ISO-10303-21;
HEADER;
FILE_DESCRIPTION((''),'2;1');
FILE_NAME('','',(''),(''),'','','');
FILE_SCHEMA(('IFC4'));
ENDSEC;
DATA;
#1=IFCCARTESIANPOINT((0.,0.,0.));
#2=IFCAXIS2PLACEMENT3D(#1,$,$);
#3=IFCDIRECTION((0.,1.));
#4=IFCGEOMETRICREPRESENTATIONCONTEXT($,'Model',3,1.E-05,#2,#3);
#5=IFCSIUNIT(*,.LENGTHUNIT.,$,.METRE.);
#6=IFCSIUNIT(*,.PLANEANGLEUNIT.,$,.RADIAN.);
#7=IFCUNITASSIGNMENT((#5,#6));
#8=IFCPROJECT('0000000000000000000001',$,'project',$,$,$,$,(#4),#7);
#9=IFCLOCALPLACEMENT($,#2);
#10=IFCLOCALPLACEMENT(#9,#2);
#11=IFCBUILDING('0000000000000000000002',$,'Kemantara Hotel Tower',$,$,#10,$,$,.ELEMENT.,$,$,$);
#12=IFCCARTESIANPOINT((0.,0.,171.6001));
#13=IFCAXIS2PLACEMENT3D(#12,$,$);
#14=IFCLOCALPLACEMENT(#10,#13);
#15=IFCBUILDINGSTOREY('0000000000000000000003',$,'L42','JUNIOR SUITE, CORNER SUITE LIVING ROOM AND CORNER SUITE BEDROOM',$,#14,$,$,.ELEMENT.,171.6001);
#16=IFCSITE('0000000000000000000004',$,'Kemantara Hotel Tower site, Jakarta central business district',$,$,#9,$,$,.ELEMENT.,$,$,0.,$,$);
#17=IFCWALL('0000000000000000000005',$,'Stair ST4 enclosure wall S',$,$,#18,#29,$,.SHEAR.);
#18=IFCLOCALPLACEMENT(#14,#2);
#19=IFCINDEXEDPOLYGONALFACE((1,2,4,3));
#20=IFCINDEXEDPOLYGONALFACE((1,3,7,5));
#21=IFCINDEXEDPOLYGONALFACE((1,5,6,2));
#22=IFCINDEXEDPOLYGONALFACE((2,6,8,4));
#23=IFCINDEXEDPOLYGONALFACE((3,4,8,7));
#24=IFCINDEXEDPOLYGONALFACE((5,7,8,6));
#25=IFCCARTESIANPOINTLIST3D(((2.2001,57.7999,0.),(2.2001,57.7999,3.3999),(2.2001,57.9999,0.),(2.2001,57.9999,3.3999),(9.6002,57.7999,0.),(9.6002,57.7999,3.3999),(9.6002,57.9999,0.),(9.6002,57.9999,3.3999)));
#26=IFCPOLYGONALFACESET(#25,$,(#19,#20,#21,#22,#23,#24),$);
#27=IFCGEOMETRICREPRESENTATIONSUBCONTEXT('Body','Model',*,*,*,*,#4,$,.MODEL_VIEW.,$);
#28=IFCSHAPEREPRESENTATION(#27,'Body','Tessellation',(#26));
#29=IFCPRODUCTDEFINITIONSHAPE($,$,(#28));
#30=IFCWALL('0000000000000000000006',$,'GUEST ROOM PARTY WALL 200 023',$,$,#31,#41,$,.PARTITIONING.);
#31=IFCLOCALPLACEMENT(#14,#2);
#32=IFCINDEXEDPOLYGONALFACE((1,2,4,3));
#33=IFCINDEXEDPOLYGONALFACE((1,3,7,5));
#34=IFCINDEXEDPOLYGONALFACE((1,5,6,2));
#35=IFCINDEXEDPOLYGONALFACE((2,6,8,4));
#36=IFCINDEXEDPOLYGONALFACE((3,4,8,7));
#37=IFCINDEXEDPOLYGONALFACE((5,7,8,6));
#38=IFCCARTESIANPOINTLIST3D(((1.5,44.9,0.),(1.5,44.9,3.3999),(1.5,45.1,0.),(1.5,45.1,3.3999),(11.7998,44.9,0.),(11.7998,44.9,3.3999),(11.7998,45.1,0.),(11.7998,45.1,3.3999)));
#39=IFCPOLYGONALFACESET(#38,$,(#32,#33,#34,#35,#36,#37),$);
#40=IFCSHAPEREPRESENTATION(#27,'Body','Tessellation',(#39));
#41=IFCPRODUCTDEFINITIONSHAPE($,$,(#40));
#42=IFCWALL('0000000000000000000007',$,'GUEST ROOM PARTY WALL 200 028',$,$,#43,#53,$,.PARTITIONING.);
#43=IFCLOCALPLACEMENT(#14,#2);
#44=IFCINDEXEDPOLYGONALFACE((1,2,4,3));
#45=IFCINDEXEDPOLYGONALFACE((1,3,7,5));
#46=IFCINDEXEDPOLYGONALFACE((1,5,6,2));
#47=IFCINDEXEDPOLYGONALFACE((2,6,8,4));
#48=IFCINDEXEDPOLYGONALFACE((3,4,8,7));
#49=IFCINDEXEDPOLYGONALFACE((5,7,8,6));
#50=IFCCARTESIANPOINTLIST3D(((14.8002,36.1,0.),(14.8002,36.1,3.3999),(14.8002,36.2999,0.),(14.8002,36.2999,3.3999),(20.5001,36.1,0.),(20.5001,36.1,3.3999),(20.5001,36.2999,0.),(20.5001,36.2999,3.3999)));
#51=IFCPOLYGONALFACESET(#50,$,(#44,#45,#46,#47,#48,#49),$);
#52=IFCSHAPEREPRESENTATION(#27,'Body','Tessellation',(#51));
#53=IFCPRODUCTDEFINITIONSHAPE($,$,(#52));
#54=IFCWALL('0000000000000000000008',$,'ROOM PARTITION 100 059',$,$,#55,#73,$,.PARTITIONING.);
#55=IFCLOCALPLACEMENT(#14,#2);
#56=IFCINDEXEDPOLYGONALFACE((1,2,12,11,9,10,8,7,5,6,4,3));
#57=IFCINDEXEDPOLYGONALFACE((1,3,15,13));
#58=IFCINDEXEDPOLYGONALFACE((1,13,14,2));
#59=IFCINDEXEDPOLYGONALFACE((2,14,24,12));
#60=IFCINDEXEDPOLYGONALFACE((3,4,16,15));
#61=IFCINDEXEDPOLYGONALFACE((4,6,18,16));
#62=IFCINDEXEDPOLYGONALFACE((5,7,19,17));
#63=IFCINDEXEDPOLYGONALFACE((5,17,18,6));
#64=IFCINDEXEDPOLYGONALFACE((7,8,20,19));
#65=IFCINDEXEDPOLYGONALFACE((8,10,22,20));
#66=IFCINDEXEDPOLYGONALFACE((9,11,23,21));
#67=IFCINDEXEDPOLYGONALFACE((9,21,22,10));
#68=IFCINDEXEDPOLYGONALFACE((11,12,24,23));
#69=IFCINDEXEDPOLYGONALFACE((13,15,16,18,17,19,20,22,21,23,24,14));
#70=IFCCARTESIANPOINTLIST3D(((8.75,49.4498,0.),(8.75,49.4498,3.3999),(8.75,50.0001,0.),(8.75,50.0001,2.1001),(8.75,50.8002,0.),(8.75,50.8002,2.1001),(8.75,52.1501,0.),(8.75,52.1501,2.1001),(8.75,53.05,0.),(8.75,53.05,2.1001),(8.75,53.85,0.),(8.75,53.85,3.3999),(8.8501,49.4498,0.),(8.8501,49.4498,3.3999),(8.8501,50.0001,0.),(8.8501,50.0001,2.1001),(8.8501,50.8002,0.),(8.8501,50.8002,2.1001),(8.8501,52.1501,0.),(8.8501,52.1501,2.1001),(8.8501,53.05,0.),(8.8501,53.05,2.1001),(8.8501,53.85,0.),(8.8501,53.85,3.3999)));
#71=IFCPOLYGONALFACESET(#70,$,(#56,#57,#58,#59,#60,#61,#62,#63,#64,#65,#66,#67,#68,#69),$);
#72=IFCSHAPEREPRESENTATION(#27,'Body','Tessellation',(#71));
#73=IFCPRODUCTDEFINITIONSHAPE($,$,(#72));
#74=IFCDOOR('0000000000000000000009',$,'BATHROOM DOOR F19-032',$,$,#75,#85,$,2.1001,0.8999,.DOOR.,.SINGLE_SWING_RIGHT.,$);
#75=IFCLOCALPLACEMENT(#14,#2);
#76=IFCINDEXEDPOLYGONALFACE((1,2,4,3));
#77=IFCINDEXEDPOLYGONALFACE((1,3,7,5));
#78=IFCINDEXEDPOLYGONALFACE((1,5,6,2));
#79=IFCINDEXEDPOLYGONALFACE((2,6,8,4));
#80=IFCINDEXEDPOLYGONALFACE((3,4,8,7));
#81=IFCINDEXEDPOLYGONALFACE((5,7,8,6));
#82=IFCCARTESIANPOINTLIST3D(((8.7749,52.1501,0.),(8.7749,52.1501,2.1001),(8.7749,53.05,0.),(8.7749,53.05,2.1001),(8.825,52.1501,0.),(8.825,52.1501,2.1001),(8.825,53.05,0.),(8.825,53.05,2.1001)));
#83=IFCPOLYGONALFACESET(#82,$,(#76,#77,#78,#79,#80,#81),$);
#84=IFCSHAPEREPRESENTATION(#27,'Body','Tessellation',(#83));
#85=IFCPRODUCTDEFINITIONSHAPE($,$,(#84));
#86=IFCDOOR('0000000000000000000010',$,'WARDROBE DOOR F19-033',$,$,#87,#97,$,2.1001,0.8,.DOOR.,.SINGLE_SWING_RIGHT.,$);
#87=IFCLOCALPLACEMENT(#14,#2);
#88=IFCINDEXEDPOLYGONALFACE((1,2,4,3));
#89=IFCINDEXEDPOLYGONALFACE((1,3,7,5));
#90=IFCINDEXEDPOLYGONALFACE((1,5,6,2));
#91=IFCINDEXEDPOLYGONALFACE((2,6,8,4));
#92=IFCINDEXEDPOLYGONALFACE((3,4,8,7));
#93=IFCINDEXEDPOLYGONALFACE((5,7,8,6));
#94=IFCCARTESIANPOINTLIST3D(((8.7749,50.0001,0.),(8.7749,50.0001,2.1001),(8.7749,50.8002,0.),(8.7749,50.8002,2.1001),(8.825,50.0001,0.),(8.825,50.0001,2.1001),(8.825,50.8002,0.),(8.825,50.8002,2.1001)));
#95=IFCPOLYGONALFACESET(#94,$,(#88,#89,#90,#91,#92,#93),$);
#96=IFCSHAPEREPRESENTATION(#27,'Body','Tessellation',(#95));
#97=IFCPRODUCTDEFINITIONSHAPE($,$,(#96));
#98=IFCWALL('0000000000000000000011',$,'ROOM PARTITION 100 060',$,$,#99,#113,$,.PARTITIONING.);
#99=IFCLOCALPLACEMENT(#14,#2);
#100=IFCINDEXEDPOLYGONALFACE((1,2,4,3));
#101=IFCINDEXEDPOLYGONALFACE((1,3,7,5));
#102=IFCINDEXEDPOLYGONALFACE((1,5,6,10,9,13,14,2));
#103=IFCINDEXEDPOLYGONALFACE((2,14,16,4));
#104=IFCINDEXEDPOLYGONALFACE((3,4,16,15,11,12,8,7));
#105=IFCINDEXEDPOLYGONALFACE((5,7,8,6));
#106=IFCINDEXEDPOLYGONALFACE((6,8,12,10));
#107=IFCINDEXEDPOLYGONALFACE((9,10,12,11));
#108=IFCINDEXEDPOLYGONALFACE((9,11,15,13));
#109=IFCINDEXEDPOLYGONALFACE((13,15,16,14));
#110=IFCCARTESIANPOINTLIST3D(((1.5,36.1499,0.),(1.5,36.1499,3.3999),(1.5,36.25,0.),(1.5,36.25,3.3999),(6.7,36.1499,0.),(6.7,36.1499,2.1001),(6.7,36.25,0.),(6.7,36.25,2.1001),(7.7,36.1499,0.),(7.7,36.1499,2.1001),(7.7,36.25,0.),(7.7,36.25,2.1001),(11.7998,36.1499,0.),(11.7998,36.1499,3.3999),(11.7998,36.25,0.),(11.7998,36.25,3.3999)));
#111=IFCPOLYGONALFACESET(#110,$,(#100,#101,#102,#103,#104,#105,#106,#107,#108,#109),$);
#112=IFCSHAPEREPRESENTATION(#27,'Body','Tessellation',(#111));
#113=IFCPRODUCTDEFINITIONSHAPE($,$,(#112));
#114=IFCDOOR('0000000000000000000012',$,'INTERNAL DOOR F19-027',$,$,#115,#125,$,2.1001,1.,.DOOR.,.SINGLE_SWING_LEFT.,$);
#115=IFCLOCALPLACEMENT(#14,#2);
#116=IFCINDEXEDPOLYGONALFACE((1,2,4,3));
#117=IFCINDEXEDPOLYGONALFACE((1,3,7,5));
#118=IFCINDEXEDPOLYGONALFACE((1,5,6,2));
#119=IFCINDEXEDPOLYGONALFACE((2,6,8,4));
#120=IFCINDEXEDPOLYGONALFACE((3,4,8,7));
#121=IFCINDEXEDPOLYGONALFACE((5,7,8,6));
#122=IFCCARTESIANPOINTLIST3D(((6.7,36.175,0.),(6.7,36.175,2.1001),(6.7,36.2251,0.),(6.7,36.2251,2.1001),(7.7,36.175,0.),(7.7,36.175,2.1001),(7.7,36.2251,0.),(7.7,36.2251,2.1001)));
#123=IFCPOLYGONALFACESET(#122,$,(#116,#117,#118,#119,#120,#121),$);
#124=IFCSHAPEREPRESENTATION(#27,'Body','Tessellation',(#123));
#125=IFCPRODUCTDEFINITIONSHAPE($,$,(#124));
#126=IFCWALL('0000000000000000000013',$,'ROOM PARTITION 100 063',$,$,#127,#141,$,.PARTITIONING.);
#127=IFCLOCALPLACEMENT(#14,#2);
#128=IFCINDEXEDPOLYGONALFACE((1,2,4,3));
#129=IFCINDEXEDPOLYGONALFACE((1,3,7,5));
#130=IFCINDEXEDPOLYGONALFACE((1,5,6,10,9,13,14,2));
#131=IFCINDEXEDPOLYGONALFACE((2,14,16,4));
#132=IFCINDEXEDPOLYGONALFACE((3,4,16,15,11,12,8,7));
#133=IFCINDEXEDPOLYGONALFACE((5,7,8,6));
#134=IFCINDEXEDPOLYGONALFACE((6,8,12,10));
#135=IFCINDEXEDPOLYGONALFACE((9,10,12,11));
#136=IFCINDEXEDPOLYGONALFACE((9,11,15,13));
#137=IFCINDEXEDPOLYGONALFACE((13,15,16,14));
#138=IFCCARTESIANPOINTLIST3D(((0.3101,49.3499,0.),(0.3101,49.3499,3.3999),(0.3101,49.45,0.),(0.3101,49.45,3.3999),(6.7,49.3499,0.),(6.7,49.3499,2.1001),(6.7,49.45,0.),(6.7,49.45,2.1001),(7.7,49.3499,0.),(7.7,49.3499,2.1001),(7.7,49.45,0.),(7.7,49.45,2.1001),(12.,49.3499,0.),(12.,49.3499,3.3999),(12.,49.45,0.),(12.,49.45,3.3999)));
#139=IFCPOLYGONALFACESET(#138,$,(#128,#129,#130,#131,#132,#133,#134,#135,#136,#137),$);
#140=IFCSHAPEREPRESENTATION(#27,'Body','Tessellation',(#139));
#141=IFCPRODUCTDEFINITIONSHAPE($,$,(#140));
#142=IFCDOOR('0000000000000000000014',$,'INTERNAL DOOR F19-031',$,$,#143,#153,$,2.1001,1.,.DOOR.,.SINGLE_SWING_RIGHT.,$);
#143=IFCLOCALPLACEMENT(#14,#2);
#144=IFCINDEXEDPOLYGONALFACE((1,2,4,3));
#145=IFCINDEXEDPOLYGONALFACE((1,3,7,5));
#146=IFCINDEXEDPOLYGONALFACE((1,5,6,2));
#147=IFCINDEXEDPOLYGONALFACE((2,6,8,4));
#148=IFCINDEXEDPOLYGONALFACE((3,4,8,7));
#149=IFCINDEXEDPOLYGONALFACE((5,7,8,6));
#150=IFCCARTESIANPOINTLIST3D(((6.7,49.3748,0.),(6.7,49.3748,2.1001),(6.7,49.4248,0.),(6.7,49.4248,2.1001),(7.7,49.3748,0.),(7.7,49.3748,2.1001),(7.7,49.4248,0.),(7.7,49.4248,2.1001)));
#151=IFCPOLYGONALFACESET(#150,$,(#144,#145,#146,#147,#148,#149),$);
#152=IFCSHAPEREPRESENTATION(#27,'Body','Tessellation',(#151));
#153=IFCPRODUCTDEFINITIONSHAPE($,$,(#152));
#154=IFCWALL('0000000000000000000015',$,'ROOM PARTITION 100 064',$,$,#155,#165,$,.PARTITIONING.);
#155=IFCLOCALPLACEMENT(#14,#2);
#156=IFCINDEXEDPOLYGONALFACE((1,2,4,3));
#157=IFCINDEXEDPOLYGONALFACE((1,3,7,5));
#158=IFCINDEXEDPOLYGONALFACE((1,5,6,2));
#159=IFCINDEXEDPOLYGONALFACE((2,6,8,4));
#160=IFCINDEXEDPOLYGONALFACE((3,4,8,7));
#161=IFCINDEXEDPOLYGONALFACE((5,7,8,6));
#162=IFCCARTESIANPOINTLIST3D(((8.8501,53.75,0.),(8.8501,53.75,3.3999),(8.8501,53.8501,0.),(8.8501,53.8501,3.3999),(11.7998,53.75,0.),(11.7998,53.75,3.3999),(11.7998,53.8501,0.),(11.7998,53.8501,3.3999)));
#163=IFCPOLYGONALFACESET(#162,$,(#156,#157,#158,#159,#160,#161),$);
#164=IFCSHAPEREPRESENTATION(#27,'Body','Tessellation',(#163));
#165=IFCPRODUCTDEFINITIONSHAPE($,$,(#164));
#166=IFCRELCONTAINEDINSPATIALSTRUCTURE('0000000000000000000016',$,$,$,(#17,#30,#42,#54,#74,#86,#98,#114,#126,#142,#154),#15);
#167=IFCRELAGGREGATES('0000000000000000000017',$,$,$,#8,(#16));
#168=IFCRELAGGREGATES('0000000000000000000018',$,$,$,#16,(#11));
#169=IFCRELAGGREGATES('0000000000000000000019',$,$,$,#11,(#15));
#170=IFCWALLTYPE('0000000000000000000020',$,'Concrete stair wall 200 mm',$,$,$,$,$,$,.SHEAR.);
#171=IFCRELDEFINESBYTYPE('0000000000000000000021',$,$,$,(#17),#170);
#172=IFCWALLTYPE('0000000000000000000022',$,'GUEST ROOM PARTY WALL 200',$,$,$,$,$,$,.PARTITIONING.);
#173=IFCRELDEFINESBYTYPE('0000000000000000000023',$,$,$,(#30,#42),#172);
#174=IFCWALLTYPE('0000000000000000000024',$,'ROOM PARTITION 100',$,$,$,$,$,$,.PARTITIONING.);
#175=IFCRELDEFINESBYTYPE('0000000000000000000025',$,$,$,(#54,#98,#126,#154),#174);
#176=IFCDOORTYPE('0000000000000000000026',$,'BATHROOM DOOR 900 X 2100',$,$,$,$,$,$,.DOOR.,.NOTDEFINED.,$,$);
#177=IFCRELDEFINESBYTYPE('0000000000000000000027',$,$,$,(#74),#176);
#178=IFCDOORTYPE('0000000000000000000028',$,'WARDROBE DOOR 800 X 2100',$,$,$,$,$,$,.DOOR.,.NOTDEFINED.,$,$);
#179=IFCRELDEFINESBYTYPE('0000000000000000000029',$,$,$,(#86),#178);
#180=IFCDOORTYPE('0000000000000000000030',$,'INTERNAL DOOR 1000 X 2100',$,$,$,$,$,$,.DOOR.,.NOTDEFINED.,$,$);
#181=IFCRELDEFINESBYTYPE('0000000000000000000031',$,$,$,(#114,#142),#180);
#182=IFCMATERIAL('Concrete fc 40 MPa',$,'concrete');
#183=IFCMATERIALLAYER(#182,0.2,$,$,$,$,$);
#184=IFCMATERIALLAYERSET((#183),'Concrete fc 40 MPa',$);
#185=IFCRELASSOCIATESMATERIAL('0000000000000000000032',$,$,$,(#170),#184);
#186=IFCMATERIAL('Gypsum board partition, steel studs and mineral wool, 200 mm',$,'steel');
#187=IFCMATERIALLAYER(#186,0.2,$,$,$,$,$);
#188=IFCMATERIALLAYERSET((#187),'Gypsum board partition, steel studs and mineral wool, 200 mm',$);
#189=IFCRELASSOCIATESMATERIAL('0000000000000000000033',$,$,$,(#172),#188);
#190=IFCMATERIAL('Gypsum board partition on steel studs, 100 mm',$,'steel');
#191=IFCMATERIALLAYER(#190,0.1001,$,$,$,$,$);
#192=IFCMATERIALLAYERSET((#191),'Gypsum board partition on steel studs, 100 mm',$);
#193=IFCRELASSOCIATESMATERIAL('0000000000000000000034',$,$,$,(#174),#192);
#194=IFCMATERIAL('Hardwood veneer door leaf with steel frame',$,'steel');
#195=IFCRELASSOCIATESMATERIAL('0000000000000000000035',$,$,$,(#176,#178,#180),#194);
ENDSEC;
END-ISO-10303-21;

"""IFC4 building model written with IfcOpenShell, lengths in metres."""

from ifc_helpers import new_model, si_unit, direction, frame, frame_2d, origin, place, context, subcontext, project, spatial, rectangle, extrude, material, layer, layer_set, type_object, element, fill, save


model = new_model("IFC4")

# Units and contexts
model_context = context("Model", 3, precision=1e-05, world=origin(), true_north=direction((0.0, 1.0)))
body_context = subcontext(model_context, "Body", "Model", "MODEL_VIEW")
ifc_project = project(units=[si_unit("LENGTHUNIT", "METRE"), si_unit("PLANEANGLEUNIT", "RADIAN")], contexts=[model_context])

# Site, building, storey
site_placement = place(None, origin())
site = spatial("IfcSite", under=ifc_project, at=site_placement, Name="Kemantara Hotel Tower site, Jakarta central business district", CompositionType="ELEMENT", RefElevation=0.0)
building_placement = place(site_placement, origin())
building = spatial("IfcBuilding", under=site, at=building_placement, Name="Kemantara Hotel Tower", CompositionType="ELEMENT")
storey_placement = place(building_placement, frame((0.0, 0.0, 171.6001)))
storey = spatial("IfcBuildingStorey", under=building, at=storey_placement, Name="L42", Description="JUNIOR SUITE, CORNER SUITE LIVING ROOM AND CORNER SUITE BEDROOM", CompositionType="ELEMENT", Elevation=171.6001)

# Shared definitions
ifc_material_1 = material(Name="Gypsum board partition, steel studs and mineral wool, 200 mm", Category="steel")
ifc_material_2 = material(Name="Hardwood veneer door leaf with steel frame", Category="steel")

# Shared definitions
ifc_material_3 = material(Name="Concrete fc 40 MPa", Category="concrete")
ifc_layer_1 = layer(ifc_material_3, 0.2)
ifc_layer_set_1 = layer_set([ifc_layer_1], Name="Concrete fc 40 MPa")
wall_type_1 = type_object("IfcWallType", Name="Concrete stair wall 200 mm", PredefinedType="SHEAR", material=ifc_layer_set_1)

# Walls
wall_1_placement = place(storey_placement, frame((2.2, 57.8999, 0.0), z_axis=(0.0, 0.0, 1.0), x_axis=(1.0, 0.0, 0.0)))
element("IfcWall", 1, at=wall_1_placement, inside=storey, type_object=wall_type_1, Name="Stair ST4 enclosure wall S", PredefinedType="SHEAR", context=body_context, shape_type="SweptSolid", body=[
    extrude(rectangle(XDim=7.4001, YDim=0.2, at=frame_2d((3.7002, 0.0))), origin(), (0.0, 0.0, 1.0), 3.3999),
])
ifc_layer_2 = layer(ifc_material_1, 0.2)
ifc_layer_set_2 = layer_set([ifc_layer_2], Name="Gypsum board partition, steel studs and mineral wool, 200 mm")
wall_type_2 = type_object("IfcWallType", Name="GUEST ROOM PARTY WALL 200", PredefinedType="PARTITIONING", material=ifc_layer_set_2)
wall_2_placement = place(storey_placement, frame((1.5, 45.0, 0.0), z_axis=(0.0, 0.0, 1.0), x_axis=(1.0, 0.0, 0.0)))
element("IfcWall", 2, at=wall_2_placement, inside=storey, type_object=wall_type_2, Name="GUEST ROOM PARTY WALL 200 023", PredefinedType="PARTITIONING", context=body_context, shape_type="SweptSolid", body=[
    extrude(rectangle(XDim=10.2998, YDim=0.2, at=frame_2d((5.1499, 0.0))), origin(), (0.0, 0.0, 1.0), 3.3999),
])
wall_3_placement = place(storey_placement, frame((14.8, 36.2, 0.0), z_axis=(0.0, 0.0, 1.0), x_axis=(1.0, 0.0, 0.0)))
element("IfcWall", 3, at=wall_3_placement, inside=storey, type_object=wall_type_2, Name="GUEST ROOM PARTY WALL 200 028", PredefinedType="PARTITIONING", context=body_context, shape_type="SweptSolid", body=[
    extrude(rectangle(XDim=5.7, YDim=0.2, at=frame_2d((2.8501, 0.0))), origin(), (0.0, 0.0, 1.0), 3.3999),
])

# Wall, openings, doors
ifc_material_4 = material(Name="Gypsum board partition on steel studs, 100 mm", Category="steel")
ifc_layer_3 = layer(ifc_material_4, 0.1001)
ifc_layer_set_3 = layer_set([ifc_layer_3], Name="Gypsum board partition on steel studs, 100 mm")
wall_type_3 = type_object("IfcWallType", Name="ROOM PARTITION 100", PredefinedType="PARTITIONING", material=ifc_layer_set_3)
wall_4_placement = place(storey_placement, frame((8.8, 53.8501, 0.0), z_axis=(0.0, 0.0, 1.0), x_axis=(0.0, -1.0, 0.0)))
wall_4 = element("IfcWall", 4, at=wall_4_placement, inside=storey, type_object=wall_type_3, Name="ROOM PARTITION 100 059", PredefinedType="PARTITIONING", context=body_context, shape_type="SweptSolid", body=[
    extrude(rectangle(XDim=4.4001, YDim=0.1001, at=frame_2d((2.2002, 0.0))), origin(), (0.0, 0.0, 1.0), 3.3999),
])
opening_1_placement = place(wall_4_placement, frame((0.8, 0.0, 0.0)))
opening_1 = element("IfcOpeningElement", 5, at=opening_1_placement, cuts=wall_4, PredefinedType="OPENING", context=body_context, shape_type="SweptSolid", body=[
    extrude(rectangle(XDim=0.8999, YDim=2.1001, at=frame_2d((0.45, 1.05))), frame((0.0, 0.0601, 0.0), z_axis=(0.0, -1.0, 0.0), x_axis=(1.0, 0.0, 0.0)), (0.0, 0.0, 1.0), 0.1201),
])
opening_2_placement = place(wall_4_placement, frame((3.05, 0.0, 0.0)))
opening_2 = element("IfcOpeningElement", 6, at=opening_2_placement, cuts=wall_4, PredefinedType="OPENING", context=body_context, shape_type="SweptSolid", body=[
    extrude(rectangle(XDim=0.8, YDim=2.1001, at=frame_2d((0.3999, 1.05))), frame((0.0, 0.0601, 0.0), z_axis=(0.0, -1.0, 0.0), x_axis=(1.0, 0.0, 0.0)), (0.0, 0.0, 1.0), 0.1201),
])
door_type_1 = type_object("IfcDoorType", Name="BATHROOM DOOR 900 X 2100", OperationType="NOTDEFINED", PredefinedType="DOOR", material=ifc_material_2)
door_1_placement = place(opening_1_placement, origin())
door_1 = element("IfcDoor", 7, at=door_1_placement, inside=storey, type_object=door_type_1, Name="BATHROOM DOOR F19-032", OperationType="SINGLE_SWING_RIGHT", OverallHeight=2.1001, OverallWidth=0.8999, PredefinedType="DOOR", context=body_context, shape_type="SweptSolid", body=[
    extrude(rectangle(XDim=0.8999, YDim=2.1001, at=frame_2d((0.45, 1.05))), frame((0.0, 0.0249, 0.0), z_axis=(0.0, -1.0, 0.0), x_axis=(1.0, 0.0, 0.0)), (0.0, 0.0, 1.0), 0.05),
])
fill(opening_1, door_1)
door_type_2 = type_object("IfcDoorType", Name="WARDROBE DOOR 800 X 2100", OperationType="NOTDEFINED", PredefinedType="DOOR", material=ifc_material_2)
door_2_placement = place(opening_2_placement, origin())
door_2 = element("IfcDoor", 8, at=door_2_placement, inside=storey, type_object=door_type_2, Name="WARDROBE DOOR F19-033", OperationType="SINGLE_SWING_RIGHT", OverallHeight=2.1001, OverallWidth=0.8, PredefinedType="DOOR", context=body_context, shape_type="SweptSolid", body=[
    extrude(rectangle(XDim=0.8, YDim=2.1001, at=frame_2d((0.3999, 1.05))), frame((0.0, 0.0249, 0.0), z_axis=(0.0, -1.0, 0.0), x_axis=(1.0, 0.0, 0.0)), (0.0, 0.0, 1.0), 0.05),
])
fill(opening_2, door_2)

# Walls, openings, doors
wall_5_placement = place(storey_placement, frame((11.7998, 36.2, 0.0), z_axis=(0.0, 0.0, 1.0), x_axis=(-1.0, 0.0, 0.0)))
wall_5 = element("IfcWall", 9, at=wall_5_placement, inside=storey, type_object=wall_type_3, Name="ROOM PARTITION 100 060", PredefinedType="PARTITIONING", context=body_context, shape_type="SweptSolid", body=[
    extrude(rectangle(XDim=10.2998, YDim=0.1001, at=frame_2d((5.1499, 0.0))), origin(), (0.0, 0.0, 1.0), 3.3999),
])
opening_3_placement = place(wall_5_placement, frame((4.0999, 0.0, 0.0)))
opening_3 = element("IfcOpeningElement", 10, at=opening_3_placement, cuts=wall_5, PredefinedType="OPENING", context=body_context, shape_type="SweptSolid", body=[
    extrude(rectangle(XDim=1.0, YDim=2.1001, at=frame_2d((0.5, 1.05))), frame((0.0, 0.0601, 0.0), z_axis=(0.0, -1.0, 0.0), x_axis=(1.0, 0.0, 0.0)), (0.0, 0.0, 1.0), 0.1201),
])
door_type_3 = type_object("IfcDoorType", Name="INTERNAL DOOR 1000 X 2100", OperationType="NOTDEFINED", PredefinedType="DOOR", material=ifc_material_2)
door_3_placement = place(opening_3_placement, origin())
door_3 = element("IfcDoor", 11, at=door_3_placement, inside=storey, type_object=door_type_3, Name="INTERNAL DOOR F19-027", OperationType="SINGLE_SWING_LEFT", OverallHeight=2.1001, OverallWidth=1.0, PredefinedType="DOOR", context=body_context, shape_type="SweptSolid", body=[
    extrude(rectangle(XDim=1.0, YDim=2.1001, at=frame_2d((0.5, 1.05))), frame((0.0, 0.0249, 0.0), z_axis=(0.0, -1.0, 0.0), x_axis=(1.0, 0.0, 0.0)), (0.0, 0.0, 1.0), 0.05),
])
fill(opening_3, door_3)
wall_6_placement = place(storey_placement, frame((0.3101, 49.3999, 0.0), z_axis=(0.0, 0.0, 1.0), x_axis=(1.0, 0.0, 0.0)))
wall_6 = element("IfcWall", 12, at=wall_6_placement, inside=storey, type_object=wall_type_3, Name="ROOM PARTITION 100 063", PredefinedType="PARTITIONING", context=body_context, shape_type="SweptSolid", body=[
    extrude(rectangle(XDim=11.6899, YDim=0.1001, at=frame_2d((5.845, 0.0))), origin(), (0.0, 0.0, 1.0), 3.3999),
])
opening_4_placement = place(wall_6_placement, frame((6.3899, 0.0, 0.0)))
opening_4 = element("IfcOpeningElement", 13, at=opening_4_placement, cuts=wall_6, PredefinedType="OPENING", context=body_context, shape_type="SweptSolid", body=[
    extrude(rectangle(XDim=1.0, YDim=2.1001, at=frame_2d((0.5, 1.05))), frame((0.0, 0.0601, 0.0), z_axis=(0.0, -1.0, 0.0), x_axis=(1.0, 0.0, 0.0)), (0.0, 0.0, 1.0), 0.1201),
])
door_4_placement = place(opening_4_placement, origin())
door_4 = element("IfcDoor", 14, at=door_4_placement, inside=storey, type_object=door_type_3, Name="INTERNAL DOOR F19-031", OperationType="SINGLE_SWING_RIGHT", OverallHeight=2.1001, OverallWidth=1.0, PredefinedType="DOOR", context=body_context, shape_type="SweptSolid", body=[
    extrude(rectangle(XDim=1.0, YDim=2.1001, at=frame_2d((0.5, 1.05))), frame((0.0, 0.0249, 0.0), z_axis=(0.0, -1.0, 0.0), x_axis=(1.0, 0.0, 0.0)), (0.0, 0.0, 1.0), 0.05),
])
fill(opening_4, door_4)

# Wall
wall_7_placement = place(storey_placement, frame((8.8501, 53.8, 0.0), z_axis=(0.0, 0.0, 1.0), x_axis=(1.0, 0.0, 0.0)))
element("IfcWall", 15, at=wall_7_placement, inside=storey, type_object=wall_type_3, Name="ROOM PARTITION 100 064", PredefinedType="PARTITIONING", context=body_context, shape_type="SweptSolid", body=[
    extrude(rectangle(XDim=2.9497, YDim=0.1001, at=frame_2d((1.4749, 0.0))), origin(), (0.0, 0.0, 1.0), 3.3999),
])

save(model, "model.ifc")
